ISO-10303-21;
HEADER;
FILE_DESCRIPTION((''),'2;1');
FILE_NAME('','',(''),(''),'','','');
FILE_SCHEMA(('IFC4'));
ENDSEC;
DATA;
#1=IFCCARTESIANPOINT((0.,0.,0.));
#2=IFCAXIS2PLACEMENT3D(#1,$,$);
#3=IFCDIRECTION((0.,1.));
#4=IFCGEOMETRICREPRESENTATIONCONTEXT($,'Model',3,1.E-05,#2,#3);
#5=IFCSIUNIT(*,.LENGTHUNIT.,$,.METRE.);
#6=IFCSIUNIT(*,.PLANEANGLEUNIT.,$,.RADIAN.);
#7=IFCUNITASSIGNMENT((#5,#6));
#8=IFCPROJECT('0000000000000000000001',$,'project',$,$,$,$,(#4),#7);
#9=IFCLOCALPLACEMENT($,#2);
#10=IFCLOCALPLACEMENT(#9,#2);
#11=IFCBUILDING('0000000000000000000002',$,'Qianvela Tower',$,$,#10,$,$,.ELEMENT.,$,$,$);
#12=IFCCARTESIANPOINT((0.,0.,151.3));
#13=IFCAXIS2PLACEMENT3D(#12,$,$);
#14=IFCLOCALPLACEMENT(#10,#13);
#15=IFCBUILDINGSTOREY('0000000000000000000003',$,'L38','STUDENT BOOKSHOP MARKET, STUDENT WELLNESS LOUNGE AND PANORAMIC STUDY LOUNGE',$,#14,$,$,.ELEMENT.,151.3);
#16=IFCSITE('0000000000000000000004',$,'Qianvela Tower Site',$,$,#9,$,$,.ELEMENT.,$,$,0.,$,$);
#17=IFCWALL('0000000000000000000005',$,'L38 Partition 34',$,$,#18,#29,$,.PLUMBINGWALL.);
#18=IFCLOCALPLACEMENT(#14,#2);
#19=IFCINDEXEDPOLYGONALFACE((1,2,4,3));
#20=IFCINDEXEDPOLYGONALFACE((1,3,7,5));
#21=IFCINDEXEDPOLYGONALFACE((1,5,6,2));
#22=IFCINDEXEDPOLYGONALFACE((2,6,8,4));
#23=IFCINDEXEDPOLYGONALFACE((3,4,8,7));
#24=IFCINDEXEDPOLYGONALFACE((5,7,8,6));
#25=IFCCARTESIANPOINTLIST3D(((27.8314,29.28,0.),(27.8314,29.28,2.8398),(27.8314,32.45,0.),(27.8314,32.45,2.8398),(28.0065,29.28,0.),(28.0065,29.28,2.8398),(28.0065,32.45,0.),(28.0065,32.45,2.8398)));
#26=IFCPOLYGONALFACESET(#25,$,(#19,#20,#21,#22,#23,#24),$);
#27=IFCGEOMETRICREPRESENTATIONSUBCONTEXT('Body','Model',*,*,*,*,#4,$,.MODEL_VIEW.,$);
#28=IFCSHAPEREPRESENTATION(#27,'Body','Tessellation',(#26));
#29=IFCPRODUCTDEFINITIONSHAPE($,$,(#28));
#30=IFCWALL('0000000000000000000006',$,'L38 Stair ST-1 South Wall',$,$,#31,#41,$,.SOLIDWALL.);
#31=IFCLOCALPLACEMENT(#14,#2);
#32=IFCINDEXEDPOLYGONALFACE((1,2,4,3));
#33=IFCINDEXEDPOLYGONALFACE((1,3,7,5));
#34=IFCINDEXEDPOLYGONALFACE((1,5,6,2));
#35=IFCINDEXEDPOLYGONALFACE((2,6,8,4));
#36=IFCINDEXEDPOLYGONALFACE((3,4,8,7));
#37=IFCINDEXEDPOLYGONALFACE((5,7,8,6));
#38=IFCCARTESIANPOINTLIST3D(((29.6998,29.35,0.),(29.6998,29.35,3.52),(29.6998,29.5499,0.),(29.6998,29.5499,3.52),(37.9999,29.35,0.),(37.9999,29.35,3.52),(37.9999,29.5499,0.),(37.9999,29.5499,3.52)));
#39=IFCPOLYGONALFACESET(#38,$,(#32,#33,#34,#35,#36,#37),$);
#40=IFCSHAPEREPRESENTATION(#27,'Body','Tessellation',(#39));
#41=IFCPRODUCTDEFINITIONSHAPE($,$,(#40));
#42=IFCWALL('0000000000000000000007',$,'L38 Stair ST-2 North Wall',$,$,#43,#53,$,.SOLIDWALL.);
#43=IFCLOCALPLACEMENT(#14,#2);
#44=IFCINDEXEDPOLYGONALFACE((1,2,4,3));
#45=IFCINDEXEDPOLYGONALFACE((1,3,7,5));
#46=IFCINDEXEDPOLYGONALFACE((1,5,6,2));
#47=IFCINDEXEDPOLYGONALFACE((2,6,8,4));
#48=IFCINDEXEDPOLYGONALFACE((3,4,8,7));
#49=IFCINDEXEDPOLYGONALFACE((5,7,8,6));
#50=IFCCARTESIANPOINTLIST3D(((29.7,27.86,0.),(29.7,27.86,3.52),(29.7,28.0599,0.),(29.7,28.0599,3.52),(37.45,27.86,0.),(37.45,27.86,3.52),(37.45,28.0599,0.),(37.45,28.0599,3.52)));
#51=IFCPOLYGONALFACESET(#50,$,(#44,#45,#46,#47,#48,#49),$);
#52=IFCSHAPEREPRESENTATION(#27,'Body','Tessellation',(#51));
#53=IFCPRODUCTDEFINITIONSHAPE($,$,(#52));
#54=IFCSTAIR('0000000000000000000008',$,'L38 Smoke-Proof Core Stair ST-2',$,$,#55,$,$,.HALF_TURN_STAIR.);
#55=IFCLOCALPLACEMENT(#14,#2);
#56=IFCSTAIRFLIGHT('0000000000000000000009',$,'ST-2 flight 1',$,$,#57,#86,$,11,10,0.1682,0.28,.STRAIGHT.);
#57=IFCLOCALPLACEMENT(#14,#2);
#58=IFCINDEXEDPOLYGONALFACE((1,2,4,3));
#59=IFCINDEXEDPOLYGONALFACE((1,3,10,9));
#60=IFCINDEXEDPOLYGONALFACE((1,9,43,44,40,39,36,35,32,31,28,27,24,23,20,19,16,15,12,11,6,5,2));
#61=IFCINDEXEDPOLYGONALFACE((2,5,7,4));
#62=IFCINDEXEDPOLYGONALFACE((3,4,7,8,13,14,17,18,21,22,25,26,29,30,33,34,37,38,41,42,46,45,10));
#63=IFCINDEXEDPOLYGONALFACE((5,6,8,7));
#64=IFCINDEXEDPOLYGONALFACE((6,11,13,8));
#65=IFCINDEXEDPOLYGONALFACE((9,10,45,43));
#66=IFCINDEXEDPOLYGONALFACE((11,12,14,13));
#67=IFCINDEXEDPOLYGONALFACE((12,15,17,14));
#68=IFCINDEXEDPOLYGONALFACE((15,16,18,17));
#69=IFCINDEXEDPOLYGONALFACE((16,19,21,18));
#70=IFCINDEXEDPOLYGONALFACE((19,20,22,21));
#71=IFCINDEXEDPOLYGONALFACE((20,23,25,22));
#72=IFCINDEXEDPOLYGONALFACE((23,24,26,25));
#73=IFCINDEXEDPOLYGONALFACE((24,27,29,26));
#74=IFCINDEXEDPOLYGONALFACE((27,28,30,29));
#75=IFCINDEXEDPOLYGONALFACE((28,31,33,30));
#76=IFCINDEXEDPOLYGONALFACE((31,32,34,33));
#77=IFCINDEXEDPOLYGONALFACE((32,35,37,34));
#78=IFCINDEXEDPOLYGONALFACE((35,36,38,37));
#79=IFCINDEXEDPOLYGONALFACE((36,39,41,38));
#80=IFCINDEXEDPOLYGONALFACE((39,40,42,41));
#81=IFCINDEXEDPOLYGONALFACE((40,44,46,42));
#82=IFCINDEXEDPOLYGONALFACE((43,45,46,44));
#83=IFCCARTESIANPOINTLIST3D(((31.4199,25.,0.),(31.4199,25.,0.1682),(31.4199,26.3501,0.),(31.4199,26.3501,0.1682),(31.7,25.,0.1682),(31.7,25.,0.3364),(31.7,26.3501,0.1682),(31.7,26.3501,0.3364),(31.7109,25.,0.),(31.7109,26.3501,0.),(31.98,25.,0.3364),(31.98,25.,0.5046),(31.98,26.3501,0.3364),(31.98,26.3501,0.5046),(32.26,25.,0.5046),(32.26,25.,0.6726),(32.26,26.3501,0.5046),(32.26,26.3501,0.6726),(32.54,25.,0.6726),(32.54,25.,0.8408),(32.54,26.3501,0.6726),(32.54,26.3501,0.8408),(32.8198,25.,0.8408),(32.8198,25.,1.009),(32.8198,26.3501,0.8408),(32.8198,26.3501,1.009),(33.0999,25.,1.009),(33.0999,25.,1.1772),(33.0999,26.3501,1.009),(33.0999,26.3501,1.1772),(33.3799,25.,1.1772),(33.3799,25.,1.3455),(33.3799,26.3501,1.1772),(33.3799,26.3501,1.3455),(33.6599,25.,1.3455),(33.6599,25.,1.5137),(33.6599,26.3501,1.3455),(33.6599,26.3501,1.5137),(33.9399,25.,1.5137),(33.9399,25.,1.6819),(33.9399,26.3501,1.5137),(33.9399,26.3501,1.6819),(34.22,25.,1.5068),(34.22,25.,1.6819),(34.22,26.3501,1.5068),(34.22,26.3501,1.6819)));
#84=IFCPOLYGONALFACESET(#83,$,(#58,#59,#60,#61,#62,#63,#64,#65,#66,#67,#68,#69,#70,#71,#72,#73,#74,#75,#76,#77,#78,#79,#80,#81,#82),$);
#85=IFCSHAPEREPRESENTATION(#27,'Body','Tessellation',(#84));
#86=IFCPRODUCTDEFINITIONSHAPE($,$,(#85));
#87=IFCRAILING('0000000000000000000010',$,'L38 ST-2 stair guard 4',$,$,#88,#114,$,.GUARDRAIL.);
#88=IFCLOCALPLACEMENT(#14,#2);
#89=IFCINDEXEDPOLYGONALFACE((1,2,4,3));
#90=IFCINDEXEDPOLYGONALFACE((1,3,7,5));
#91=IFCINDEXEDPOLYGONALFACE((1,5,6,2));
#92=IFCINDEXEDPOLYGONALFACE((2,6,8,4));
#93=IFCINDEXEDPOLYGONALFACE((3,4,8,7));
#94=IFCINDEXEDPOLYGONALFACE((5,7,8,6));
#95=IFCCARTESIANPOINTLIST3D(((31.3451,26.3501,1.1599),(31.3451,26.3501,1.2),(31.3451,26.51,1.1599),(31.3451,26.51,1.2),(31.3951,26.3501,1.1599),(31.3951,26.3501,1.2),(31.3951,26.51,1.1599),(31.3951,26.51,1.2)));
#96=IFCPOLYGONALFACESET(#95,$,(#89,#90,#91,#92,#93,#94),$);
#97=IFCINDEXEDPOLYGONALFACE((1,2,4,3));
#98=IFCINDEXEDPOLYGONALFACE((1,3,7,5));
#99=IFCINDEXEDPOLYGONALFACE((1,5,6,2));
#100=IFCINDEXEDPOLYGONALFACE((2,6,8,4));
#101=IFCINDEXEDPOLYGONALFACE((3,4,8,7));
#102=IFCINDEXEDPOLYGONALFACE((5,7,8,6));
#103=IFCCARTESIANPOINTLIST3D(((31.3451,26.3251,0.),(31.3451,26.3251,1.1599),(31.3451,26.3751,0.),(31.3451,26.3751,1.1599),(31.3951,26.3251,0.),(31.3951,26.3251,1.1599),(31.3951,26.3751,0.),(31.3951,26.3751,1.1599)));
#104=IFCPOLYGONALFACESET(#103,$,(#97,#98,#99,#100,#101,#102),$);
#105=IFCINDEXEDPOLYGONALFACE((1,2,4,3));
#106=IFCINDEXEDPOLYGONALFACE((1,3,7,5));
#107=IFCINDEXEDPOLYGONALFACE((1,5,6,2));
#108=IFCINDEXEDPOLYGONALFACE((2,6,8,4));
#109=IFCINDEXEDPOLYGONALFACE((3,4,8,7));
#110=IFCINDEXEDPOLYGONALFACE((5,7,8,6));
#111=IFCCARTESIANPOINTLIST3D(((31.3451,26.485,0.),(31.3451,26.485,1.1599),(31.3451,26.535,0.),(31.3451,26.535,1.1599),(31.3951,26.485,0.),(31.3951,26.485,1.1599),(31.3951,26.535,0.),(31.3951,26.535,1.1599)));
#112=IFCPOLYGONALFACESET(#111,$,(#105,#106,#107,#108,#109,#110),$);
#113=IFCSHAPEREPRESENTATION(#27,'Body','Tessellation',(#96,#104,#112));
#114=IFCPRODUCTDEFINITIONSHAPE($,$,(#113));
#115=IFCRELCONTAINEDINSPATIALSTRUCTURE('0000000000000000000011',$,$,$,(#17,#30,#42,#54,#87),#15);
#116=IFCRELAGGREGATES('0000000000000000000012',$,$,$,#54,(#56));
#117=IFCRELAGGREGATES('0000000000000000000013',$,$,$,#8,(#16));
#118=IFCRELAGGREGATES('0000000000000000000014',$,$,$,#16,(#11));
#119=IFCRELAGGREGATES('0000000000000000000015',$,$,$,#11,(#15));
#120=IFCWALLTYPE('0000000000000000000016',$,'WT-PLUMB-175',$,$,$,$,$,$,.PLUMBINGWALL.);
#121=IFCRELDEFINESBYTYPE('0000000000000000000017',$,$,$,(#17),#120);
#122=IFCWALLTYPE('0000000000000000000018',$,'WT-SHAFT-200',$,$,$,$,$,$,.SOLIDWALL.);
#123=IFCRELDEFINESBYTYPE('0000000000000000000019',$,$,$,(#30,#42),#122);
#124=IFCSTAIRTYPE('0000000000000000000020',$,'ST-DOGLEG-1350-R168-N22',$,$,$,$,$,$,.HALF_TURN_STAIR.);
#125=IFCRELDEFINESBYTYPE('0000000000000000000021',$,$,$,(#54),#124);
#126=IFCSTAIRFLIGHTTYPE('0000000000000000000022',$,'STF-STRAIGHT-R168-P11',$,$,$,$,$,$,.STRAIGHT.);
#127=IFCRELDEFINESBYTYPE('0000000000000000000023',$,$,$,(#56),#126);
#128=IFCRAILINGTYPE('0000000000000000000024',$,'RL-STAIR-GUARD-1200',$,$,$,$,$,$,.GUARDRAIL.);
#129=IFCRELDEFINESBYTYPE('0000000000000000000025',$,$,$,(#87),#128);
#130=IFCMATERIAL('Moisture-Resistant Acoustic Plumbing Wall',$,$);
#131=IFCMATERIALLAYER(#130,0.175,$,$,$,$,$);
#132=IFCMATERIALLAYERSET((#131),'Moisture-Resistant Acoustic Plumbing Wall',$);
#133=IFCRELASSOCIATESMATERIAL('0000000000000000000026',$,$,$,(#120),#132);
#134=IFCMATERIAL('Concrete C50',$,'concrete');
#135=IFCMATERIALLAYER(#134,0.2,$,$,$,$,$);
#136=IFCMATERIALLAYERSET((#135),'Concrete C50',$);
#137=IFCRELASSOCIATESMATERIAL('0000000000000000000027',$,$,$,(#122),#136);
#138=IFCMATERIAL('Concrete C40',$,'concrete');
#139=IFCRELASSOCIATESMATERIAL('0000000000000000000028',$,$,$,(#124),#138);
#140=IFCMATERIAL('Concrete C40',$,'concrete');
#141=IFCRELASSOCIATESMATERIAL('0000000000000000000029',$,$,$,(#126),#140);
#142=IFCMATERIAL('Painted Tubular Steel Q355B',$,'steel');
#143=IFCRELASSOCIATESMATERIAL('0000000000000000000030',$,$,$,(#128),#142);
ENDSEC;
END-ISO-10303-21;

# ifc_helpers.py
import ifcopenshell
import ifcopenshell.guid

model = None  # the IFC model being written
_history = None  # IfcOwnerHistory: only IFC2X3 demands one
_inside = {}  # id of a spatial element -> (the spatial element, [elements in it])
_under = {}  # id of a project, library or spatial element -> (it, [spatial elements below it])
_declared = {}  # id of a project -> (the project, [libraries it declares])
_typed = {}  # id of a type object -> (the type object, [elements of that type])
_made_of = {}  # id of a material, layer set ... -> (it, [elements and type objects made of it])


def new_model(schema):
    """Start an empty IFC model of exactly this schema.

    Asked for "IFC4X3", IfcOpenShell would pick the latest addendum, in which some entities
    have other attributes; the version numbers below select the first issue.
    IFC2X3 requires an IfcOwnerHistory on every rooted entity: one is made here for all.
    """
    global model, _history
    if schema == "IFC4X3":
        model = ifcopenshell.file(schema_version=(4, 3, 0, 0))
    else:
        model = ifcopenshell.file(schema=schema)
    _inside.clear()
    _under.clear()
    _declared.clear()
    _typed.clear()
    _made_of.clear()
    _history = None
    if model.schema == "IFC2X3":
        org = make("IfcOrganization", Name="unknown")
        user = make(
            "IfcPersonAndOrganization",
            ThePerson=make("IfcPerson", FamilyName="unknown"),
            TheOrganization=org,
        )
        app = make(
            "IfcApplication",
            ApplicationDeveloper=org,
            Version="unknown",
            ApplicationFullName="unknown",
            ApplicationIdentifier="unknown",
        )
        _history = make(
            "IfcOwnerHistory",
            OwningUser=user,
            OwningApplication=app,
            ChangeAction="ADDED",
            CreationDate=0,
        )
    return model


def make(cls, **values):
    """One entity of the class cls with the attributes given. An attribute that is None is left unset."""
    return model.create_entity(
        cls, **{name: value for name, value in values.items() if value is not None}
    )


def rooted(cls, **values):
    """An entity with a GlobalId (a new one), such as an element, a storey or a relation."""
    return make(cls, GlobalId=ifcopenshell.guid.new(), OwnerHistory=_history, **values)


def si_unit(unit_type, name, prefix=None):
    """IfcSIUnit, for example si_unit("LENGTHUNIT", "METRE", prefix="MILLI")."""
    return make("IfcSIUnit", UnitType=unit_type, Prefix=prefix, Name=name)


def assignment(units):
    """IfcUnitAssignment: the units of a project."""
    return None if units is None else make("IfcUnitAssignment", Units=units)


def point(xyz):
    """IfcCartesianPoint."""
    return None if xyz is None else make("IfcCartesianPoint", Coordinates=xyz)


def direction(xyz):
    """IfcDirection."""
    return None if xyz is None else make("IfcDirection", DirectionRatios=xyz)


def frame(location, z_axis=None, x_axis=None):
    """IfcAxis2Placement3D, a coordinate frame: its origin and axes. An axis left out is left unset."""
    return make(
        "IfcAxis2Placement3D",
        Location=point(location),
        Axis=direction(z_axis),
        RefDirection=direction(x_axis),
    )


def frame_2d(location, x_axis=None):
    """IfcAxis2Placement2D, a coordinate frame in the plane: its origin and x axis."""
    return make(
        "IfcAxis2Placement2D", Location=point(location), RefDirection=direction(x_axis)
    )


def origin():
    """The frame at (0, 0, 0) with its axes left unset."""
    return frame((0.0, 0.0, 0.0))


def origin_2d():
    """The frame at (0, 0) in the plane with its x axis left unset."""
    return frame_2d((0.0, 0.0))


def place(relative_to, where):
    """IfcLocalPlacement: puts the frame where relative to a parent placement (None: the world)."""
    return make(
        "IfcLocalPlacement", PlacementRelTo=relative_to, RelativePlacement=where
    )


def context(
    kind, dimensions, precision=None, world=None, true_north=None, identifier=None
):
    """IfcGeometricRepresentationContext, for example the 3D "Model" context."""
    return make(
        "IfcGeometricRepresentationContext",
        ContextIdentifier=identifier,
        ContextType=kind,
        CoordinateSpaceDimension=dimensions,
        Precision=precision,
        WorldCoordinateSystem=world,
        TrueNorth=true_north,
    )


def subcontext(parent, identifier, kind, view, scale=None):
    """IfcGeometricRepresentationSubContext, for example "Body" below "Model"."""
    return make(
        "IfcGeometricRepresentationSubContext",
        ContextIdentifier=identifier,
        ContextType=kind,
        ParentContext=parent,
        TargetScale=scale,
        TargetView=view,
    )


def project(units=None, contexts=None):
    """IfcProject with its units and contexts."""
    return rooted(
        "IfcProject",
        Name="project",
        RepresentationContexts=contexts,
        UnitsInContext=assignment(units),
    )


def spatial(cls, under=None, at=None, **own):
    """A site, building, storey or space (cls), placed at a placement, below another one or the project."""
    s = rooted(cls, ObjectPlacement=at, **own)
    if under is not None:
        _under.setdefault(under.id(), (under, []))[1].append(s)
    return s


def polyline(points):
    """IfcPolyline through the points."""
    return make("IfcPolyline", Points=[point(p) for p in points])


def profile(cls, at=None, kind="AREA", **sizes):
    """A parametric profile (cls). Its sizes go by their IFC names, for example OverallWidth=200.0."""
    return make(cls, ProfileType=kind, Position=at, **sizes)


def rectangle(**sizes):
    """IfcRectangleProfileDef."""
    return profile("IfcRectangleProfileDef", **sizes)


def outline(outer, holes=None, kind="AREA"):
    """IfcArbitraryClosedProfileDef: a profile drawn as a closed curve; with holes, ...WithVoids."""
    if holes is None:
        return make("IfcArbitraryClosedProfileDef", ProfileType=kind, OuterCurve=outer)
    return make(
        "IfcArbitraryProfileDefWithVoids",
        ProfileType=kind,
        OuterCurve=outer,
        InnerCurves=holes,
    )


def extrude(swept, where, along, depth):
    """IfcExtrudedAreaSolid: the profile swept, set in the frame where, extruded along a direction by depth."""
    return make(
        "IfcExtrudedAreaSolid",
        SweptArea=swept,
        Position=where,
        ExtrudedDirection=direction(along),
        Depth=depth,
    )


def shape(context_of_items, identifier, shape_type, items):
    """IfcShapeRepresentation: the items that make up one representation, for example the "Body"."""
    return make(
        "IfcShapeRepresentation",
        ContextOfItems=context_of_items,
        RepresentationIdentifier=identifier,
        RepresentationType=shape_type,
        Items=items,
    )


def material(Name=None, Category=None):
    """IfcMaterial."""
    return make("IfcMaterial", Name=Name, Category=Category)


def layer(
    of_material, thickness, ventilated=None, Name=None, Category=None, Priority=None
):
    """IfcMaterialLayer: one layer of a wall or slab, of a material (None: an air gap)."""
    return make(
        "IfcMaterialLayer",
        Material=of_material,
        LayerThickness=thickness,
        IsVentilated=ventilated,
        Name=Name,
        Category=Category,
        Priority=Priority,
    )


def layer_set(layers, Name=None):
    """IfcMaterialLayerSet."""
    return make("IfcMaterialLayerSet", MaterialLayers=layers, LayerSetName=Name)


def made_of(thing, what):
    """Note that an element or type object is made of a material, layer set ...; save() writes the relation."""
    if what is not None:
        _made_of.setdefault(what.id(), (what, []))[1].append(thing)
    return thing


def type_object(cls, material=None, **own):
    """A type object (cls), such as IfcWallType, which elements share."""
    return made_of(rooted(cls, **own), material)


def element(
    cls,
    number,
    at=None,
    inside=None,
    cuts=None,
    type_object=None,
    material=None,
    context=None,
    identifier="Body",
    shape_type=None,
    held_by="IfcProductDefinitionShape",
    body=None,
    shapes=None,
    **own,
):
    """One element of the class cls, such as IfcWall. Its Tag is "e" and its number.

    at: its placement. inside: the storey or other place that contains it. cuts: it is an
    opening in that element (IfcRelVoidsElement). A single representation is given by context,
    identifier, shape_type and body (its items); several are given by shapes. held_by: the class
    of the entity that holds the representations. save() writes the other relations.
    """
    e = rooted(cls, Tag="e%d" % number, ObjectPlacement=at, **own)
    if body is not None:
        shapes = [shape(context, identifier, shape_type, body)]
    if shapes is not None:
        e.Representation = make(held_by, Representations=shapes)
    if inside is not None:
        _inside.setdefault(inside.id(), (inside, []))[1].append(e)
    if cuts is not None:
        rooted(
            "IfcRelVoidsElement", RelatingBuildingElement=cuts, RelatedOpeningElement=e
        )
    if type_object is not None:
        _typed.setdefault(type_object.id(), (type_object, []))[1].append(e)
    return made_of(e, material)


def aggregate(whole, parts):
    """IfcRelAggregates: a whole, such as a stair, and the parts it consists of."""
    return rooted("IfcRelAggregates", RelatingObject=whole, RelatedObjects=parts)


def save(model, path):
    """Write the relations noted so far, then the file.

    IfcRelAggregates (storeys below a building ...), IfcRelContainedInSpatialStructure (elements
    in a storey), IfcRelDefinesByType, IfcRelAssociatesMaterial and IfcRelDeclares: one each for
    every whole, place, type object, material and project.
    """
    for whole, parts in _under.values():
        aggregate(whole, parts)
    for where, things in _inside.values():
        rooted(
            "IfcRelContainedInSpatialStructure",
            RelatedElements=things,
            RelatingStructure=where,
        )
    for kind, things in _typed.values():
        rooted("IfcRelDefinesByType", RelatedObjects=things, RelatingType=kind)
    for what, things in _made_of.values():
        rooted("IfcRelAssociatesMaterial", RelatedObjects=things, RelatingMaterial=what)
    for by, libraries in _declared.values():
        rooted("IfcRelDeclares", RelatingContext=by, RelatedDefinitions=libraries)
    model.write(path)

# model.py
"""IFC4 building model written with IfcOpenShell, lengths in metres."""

from ifc_helpers import new_model, si_unit, direction, frame, frame_2d, origin, origin_2d, place, context, subcontext, project, spatial, polyline, rectangle, outline, extrude, material, layer, layer_set, type_object, element, aggregate, save


model = new_model("IFC4")

# Units and contexts
model_context = context("Model", 3, precision=1e-05, world=origin(), true_north=direction((0.0, 1.0)))
body_context = subcontext(model_context, "Body", "Model", "MODEL_VIEW")
ifc_project = project(units=[si_unit("LENGTHUNIT", "METRE"), si_unit("PLANEANGLEUNIT", "RADIAN")], contexts=[model_context])

# Site, building, storey
site_placement = place(None, origin())
site = spatial("IfcSite", under=ifc_project, at=site_placement, Name="Qianvela Tower Site", CompositionType="ELEMENT", RefElevation=0.0)
building_placement = place(site_placement, origin())
building = spatial("IfcBuilding", under=site, at=building_placement, Name="Qianvela Tower", CompositionType="ELEMENT")
storey_placement = place(building_placement, frame((0.0, 0.0, 151.3)))
storey = spatial("IfcBuildingStorey", under=building, at=storey_placement, Name="L38", Description="STUDENT BOOKSHOP MARKET, STUDENT WELLNESS LOUNGE AND PANORAMIC STUDY LOUNGE", CompositionType="ELEMENT", Elevation=151.3)

# Shared definitions
ifc_material_1 = material(Name="Moisture-Resistant Acoustic Plumbing Wall")
ifc_layer_1 = layer(ifc_material_1, 0.175)
ifc_layer_set_1 = layer_set([ifc_layer_1], Name="Moisture-Resistant Acoustic Plumbing Wall")
wall_type_1 = type_object("IfcWallType", Name="WT-PLUMB-175", PredefinedType="PLUMBINGWALL", material=ifc_layer_set_1)

# Walls
wall_1_placement = place(storey_placement, frame((27.9189, 32.45, 0.0), z_axis=(0.0, 0.0, 1.0), x_axis=(0.0, -1.0, 0.0)))
element("IfcWall", 1, at=wall_1_placement, inside=storey, type_object=wall_type_1, Name="L38 Partition 34", PredefinedType="PLUMBINGWALL", context=body_context, shape_type="SweptSolid", body=[
    extrude(rectangle(XDim=3.1699, YDim=0.175, at=frame_2d((1.585, 0.0))), origin(), (0.0, 0.0, 1.0), 2.8398),
])
ifc_material_2 = material(Name="Concrete C50", Category="concrete")
ifc_layer_2 = layer(ifc_material_2, 0.2)
ifc_layer_set_2 = layer_set([ifc_layer_2], Name="Concrete C50")
wall_type_2 = type_object("IfcWallType", Name="WT-SHAFT-200", PredefinedType="SOLIDWALL", material=ifc_layer_set_2)
wall_2_placement = place(storey_placement, frame((29.7, 29.45, 0.0), z_axis=(0.0, 0.0, 1.0), x_axis=(1.0, 0.0, 0.0)))
element("IfcWall", 2, at=wall_2_placement, inside=storey, type_object=wall_type_2, Name="L38 Stair ST-1 South Wall", PredefinedType="SOLIDWALL", context=body_context, shape_type="SweptSolid", body=[
    extrude(rectangle(XDim=8.3, YDim=0.2, at=frame_2d((4.1499, 0.0))), origin(), (0.0, 0.0, 1.0), 3.52),
])
wall_3_placement = place(storey_placement, frame((29.7, 27.96, 0.0), z_axis=(0.0, 0.0, 1.0), x_axis=(1.0, 0.0, 0.0)))
element("IfcWall", 3, at=wall_3_placement, inside=storey, type_object=wall_type_2, Name="L38 Stair ST-2 North Wall", PredefinedType="SOLIDWALL", context=body_context, shape_type="SweptSolid", body=[
    extrude(rectangle(XDim=7.75, YDim=0.2, at=frame_2d((3.875, 0.0))), origin(), (0.0, 0.0, 1.0), 3.52),
])

# Stair, stair flight
ifc_material_3 = material(Name="Concrete C40", Category="concrete")
stair_type = type_object("IfcStairType", Name="ST-DOGLEG-1350-R168-N22", PredefinedType="HALF_TURN_STAIR", material=ifc_material_3)
stair_placement = place(storey_placement, origin())
stair = element("IfcStair", 4, at=stair_placement, inside=storey, type_object=stair_type, Name="L38 Smoke-Proof Core Stair ST-2", PredefinedType="HALF_TURN_STAIR")
ifc_material_4 = material(Name="Concrete C40", Category="concrete")
stair_flight_type = type_object("IfcStairFlightType", Name="STF-STRAIGHT-R168-P11", PredefinedType="STRAIGHT", material=ifc_material_4)
stair_flight_placement = place(storey_placement, frame((31.4199, 25.675, 0.0), z_axis=(0.0, 0.0, 1.0), x_axis=(1.0, 0.0, 0.0)))
stair_flight = element("IfcStairFlight", 5, at=stair_flight_placement, type_object=stair_flight_type, Name="ST-2 flight 1", NumberOfRisers=11, NumberOfTreads=10, PredefinedType="STRAIGHT", RiserHeight=0.1682, TreadLength=0.28, context=body_context, shape_type="SweptSolid", body=[
    extrude(outline(polyline([(0.0, 0.0), (0.0, 0.1682), (0.28, 0.1682), (0.28, 0.3364), (0.5601, 0.3364), (0.5601, 0.5046), (0.8401, 0.5046), (0.8401, 0.6726), (1.1201, 0.6726), (1.1201, 0.8408), (1.3999, 0.8408), (1.3999, 1.009), (1.6799, 1.009), (1.6799, 1.1772), (1.96, 1.1772), (1.96, 1.3455), (2.24, 1.3455), (2.24, 1.5137), (2.52, 1.5137), (2.52, 1.6819), (2.8, 1.6819), (2.8, 1.8501), (2.8, 1.5068), (0.291, 0.0), (0.0, 0.0)])), frame((0.0, 0.675, 0.0), z_axis=(0.0, -1.0, 0.0), x_axis=(1.0, 0.0, 0.0)), (0.0, 0.0, 1.0), 1.3501),
])
aggregate(stair, [stair_flight])

# Railing
ifc_material_5 = material(Name="Painted Tubular Steel Q355B", Category="steel")
railing_type = type_object("IfcRailingType", Name="RL-STAIR-GUARD-1200", PredefinedType="GUARDRAIL", material=ifc_material_5)
railing_placement = place(storey_placement, frame((31.3701, 26.3501, 0.0)))
element("IfcRailing", 6, at=railing_placement, inside=storey, type_object=railing_type, Name="L38 ST-2 stair guard 4", PredefinedType="GUARDRAIL", context=body_context, shape_type="SweptSolid", body=[
    extrude(rectangle(XDim=0.05, YDim=0.04, at=origin_2d()), frame((0.0, 0.0, 1.1799), z_axis=(0.0, 1.0, 0.0), x_axis=(-1.0, 0.0, 0.0)), (0.0, 0.0, 1.0), 0.1599),
    extrude(rectangle(XDim=0.05, YDim=0.05, at=origin_2d()), origin(), (0.0, 0.0, 1.0), 1.1599),
    extrude(rectangle(XDim=0.05, YDim=0.05, at=origin_2d()), frame((0.0, 0.1599, 0.0)), (0.0, 0.0, 1.0), 1.1599),
])

save(model, "model.ifc")
